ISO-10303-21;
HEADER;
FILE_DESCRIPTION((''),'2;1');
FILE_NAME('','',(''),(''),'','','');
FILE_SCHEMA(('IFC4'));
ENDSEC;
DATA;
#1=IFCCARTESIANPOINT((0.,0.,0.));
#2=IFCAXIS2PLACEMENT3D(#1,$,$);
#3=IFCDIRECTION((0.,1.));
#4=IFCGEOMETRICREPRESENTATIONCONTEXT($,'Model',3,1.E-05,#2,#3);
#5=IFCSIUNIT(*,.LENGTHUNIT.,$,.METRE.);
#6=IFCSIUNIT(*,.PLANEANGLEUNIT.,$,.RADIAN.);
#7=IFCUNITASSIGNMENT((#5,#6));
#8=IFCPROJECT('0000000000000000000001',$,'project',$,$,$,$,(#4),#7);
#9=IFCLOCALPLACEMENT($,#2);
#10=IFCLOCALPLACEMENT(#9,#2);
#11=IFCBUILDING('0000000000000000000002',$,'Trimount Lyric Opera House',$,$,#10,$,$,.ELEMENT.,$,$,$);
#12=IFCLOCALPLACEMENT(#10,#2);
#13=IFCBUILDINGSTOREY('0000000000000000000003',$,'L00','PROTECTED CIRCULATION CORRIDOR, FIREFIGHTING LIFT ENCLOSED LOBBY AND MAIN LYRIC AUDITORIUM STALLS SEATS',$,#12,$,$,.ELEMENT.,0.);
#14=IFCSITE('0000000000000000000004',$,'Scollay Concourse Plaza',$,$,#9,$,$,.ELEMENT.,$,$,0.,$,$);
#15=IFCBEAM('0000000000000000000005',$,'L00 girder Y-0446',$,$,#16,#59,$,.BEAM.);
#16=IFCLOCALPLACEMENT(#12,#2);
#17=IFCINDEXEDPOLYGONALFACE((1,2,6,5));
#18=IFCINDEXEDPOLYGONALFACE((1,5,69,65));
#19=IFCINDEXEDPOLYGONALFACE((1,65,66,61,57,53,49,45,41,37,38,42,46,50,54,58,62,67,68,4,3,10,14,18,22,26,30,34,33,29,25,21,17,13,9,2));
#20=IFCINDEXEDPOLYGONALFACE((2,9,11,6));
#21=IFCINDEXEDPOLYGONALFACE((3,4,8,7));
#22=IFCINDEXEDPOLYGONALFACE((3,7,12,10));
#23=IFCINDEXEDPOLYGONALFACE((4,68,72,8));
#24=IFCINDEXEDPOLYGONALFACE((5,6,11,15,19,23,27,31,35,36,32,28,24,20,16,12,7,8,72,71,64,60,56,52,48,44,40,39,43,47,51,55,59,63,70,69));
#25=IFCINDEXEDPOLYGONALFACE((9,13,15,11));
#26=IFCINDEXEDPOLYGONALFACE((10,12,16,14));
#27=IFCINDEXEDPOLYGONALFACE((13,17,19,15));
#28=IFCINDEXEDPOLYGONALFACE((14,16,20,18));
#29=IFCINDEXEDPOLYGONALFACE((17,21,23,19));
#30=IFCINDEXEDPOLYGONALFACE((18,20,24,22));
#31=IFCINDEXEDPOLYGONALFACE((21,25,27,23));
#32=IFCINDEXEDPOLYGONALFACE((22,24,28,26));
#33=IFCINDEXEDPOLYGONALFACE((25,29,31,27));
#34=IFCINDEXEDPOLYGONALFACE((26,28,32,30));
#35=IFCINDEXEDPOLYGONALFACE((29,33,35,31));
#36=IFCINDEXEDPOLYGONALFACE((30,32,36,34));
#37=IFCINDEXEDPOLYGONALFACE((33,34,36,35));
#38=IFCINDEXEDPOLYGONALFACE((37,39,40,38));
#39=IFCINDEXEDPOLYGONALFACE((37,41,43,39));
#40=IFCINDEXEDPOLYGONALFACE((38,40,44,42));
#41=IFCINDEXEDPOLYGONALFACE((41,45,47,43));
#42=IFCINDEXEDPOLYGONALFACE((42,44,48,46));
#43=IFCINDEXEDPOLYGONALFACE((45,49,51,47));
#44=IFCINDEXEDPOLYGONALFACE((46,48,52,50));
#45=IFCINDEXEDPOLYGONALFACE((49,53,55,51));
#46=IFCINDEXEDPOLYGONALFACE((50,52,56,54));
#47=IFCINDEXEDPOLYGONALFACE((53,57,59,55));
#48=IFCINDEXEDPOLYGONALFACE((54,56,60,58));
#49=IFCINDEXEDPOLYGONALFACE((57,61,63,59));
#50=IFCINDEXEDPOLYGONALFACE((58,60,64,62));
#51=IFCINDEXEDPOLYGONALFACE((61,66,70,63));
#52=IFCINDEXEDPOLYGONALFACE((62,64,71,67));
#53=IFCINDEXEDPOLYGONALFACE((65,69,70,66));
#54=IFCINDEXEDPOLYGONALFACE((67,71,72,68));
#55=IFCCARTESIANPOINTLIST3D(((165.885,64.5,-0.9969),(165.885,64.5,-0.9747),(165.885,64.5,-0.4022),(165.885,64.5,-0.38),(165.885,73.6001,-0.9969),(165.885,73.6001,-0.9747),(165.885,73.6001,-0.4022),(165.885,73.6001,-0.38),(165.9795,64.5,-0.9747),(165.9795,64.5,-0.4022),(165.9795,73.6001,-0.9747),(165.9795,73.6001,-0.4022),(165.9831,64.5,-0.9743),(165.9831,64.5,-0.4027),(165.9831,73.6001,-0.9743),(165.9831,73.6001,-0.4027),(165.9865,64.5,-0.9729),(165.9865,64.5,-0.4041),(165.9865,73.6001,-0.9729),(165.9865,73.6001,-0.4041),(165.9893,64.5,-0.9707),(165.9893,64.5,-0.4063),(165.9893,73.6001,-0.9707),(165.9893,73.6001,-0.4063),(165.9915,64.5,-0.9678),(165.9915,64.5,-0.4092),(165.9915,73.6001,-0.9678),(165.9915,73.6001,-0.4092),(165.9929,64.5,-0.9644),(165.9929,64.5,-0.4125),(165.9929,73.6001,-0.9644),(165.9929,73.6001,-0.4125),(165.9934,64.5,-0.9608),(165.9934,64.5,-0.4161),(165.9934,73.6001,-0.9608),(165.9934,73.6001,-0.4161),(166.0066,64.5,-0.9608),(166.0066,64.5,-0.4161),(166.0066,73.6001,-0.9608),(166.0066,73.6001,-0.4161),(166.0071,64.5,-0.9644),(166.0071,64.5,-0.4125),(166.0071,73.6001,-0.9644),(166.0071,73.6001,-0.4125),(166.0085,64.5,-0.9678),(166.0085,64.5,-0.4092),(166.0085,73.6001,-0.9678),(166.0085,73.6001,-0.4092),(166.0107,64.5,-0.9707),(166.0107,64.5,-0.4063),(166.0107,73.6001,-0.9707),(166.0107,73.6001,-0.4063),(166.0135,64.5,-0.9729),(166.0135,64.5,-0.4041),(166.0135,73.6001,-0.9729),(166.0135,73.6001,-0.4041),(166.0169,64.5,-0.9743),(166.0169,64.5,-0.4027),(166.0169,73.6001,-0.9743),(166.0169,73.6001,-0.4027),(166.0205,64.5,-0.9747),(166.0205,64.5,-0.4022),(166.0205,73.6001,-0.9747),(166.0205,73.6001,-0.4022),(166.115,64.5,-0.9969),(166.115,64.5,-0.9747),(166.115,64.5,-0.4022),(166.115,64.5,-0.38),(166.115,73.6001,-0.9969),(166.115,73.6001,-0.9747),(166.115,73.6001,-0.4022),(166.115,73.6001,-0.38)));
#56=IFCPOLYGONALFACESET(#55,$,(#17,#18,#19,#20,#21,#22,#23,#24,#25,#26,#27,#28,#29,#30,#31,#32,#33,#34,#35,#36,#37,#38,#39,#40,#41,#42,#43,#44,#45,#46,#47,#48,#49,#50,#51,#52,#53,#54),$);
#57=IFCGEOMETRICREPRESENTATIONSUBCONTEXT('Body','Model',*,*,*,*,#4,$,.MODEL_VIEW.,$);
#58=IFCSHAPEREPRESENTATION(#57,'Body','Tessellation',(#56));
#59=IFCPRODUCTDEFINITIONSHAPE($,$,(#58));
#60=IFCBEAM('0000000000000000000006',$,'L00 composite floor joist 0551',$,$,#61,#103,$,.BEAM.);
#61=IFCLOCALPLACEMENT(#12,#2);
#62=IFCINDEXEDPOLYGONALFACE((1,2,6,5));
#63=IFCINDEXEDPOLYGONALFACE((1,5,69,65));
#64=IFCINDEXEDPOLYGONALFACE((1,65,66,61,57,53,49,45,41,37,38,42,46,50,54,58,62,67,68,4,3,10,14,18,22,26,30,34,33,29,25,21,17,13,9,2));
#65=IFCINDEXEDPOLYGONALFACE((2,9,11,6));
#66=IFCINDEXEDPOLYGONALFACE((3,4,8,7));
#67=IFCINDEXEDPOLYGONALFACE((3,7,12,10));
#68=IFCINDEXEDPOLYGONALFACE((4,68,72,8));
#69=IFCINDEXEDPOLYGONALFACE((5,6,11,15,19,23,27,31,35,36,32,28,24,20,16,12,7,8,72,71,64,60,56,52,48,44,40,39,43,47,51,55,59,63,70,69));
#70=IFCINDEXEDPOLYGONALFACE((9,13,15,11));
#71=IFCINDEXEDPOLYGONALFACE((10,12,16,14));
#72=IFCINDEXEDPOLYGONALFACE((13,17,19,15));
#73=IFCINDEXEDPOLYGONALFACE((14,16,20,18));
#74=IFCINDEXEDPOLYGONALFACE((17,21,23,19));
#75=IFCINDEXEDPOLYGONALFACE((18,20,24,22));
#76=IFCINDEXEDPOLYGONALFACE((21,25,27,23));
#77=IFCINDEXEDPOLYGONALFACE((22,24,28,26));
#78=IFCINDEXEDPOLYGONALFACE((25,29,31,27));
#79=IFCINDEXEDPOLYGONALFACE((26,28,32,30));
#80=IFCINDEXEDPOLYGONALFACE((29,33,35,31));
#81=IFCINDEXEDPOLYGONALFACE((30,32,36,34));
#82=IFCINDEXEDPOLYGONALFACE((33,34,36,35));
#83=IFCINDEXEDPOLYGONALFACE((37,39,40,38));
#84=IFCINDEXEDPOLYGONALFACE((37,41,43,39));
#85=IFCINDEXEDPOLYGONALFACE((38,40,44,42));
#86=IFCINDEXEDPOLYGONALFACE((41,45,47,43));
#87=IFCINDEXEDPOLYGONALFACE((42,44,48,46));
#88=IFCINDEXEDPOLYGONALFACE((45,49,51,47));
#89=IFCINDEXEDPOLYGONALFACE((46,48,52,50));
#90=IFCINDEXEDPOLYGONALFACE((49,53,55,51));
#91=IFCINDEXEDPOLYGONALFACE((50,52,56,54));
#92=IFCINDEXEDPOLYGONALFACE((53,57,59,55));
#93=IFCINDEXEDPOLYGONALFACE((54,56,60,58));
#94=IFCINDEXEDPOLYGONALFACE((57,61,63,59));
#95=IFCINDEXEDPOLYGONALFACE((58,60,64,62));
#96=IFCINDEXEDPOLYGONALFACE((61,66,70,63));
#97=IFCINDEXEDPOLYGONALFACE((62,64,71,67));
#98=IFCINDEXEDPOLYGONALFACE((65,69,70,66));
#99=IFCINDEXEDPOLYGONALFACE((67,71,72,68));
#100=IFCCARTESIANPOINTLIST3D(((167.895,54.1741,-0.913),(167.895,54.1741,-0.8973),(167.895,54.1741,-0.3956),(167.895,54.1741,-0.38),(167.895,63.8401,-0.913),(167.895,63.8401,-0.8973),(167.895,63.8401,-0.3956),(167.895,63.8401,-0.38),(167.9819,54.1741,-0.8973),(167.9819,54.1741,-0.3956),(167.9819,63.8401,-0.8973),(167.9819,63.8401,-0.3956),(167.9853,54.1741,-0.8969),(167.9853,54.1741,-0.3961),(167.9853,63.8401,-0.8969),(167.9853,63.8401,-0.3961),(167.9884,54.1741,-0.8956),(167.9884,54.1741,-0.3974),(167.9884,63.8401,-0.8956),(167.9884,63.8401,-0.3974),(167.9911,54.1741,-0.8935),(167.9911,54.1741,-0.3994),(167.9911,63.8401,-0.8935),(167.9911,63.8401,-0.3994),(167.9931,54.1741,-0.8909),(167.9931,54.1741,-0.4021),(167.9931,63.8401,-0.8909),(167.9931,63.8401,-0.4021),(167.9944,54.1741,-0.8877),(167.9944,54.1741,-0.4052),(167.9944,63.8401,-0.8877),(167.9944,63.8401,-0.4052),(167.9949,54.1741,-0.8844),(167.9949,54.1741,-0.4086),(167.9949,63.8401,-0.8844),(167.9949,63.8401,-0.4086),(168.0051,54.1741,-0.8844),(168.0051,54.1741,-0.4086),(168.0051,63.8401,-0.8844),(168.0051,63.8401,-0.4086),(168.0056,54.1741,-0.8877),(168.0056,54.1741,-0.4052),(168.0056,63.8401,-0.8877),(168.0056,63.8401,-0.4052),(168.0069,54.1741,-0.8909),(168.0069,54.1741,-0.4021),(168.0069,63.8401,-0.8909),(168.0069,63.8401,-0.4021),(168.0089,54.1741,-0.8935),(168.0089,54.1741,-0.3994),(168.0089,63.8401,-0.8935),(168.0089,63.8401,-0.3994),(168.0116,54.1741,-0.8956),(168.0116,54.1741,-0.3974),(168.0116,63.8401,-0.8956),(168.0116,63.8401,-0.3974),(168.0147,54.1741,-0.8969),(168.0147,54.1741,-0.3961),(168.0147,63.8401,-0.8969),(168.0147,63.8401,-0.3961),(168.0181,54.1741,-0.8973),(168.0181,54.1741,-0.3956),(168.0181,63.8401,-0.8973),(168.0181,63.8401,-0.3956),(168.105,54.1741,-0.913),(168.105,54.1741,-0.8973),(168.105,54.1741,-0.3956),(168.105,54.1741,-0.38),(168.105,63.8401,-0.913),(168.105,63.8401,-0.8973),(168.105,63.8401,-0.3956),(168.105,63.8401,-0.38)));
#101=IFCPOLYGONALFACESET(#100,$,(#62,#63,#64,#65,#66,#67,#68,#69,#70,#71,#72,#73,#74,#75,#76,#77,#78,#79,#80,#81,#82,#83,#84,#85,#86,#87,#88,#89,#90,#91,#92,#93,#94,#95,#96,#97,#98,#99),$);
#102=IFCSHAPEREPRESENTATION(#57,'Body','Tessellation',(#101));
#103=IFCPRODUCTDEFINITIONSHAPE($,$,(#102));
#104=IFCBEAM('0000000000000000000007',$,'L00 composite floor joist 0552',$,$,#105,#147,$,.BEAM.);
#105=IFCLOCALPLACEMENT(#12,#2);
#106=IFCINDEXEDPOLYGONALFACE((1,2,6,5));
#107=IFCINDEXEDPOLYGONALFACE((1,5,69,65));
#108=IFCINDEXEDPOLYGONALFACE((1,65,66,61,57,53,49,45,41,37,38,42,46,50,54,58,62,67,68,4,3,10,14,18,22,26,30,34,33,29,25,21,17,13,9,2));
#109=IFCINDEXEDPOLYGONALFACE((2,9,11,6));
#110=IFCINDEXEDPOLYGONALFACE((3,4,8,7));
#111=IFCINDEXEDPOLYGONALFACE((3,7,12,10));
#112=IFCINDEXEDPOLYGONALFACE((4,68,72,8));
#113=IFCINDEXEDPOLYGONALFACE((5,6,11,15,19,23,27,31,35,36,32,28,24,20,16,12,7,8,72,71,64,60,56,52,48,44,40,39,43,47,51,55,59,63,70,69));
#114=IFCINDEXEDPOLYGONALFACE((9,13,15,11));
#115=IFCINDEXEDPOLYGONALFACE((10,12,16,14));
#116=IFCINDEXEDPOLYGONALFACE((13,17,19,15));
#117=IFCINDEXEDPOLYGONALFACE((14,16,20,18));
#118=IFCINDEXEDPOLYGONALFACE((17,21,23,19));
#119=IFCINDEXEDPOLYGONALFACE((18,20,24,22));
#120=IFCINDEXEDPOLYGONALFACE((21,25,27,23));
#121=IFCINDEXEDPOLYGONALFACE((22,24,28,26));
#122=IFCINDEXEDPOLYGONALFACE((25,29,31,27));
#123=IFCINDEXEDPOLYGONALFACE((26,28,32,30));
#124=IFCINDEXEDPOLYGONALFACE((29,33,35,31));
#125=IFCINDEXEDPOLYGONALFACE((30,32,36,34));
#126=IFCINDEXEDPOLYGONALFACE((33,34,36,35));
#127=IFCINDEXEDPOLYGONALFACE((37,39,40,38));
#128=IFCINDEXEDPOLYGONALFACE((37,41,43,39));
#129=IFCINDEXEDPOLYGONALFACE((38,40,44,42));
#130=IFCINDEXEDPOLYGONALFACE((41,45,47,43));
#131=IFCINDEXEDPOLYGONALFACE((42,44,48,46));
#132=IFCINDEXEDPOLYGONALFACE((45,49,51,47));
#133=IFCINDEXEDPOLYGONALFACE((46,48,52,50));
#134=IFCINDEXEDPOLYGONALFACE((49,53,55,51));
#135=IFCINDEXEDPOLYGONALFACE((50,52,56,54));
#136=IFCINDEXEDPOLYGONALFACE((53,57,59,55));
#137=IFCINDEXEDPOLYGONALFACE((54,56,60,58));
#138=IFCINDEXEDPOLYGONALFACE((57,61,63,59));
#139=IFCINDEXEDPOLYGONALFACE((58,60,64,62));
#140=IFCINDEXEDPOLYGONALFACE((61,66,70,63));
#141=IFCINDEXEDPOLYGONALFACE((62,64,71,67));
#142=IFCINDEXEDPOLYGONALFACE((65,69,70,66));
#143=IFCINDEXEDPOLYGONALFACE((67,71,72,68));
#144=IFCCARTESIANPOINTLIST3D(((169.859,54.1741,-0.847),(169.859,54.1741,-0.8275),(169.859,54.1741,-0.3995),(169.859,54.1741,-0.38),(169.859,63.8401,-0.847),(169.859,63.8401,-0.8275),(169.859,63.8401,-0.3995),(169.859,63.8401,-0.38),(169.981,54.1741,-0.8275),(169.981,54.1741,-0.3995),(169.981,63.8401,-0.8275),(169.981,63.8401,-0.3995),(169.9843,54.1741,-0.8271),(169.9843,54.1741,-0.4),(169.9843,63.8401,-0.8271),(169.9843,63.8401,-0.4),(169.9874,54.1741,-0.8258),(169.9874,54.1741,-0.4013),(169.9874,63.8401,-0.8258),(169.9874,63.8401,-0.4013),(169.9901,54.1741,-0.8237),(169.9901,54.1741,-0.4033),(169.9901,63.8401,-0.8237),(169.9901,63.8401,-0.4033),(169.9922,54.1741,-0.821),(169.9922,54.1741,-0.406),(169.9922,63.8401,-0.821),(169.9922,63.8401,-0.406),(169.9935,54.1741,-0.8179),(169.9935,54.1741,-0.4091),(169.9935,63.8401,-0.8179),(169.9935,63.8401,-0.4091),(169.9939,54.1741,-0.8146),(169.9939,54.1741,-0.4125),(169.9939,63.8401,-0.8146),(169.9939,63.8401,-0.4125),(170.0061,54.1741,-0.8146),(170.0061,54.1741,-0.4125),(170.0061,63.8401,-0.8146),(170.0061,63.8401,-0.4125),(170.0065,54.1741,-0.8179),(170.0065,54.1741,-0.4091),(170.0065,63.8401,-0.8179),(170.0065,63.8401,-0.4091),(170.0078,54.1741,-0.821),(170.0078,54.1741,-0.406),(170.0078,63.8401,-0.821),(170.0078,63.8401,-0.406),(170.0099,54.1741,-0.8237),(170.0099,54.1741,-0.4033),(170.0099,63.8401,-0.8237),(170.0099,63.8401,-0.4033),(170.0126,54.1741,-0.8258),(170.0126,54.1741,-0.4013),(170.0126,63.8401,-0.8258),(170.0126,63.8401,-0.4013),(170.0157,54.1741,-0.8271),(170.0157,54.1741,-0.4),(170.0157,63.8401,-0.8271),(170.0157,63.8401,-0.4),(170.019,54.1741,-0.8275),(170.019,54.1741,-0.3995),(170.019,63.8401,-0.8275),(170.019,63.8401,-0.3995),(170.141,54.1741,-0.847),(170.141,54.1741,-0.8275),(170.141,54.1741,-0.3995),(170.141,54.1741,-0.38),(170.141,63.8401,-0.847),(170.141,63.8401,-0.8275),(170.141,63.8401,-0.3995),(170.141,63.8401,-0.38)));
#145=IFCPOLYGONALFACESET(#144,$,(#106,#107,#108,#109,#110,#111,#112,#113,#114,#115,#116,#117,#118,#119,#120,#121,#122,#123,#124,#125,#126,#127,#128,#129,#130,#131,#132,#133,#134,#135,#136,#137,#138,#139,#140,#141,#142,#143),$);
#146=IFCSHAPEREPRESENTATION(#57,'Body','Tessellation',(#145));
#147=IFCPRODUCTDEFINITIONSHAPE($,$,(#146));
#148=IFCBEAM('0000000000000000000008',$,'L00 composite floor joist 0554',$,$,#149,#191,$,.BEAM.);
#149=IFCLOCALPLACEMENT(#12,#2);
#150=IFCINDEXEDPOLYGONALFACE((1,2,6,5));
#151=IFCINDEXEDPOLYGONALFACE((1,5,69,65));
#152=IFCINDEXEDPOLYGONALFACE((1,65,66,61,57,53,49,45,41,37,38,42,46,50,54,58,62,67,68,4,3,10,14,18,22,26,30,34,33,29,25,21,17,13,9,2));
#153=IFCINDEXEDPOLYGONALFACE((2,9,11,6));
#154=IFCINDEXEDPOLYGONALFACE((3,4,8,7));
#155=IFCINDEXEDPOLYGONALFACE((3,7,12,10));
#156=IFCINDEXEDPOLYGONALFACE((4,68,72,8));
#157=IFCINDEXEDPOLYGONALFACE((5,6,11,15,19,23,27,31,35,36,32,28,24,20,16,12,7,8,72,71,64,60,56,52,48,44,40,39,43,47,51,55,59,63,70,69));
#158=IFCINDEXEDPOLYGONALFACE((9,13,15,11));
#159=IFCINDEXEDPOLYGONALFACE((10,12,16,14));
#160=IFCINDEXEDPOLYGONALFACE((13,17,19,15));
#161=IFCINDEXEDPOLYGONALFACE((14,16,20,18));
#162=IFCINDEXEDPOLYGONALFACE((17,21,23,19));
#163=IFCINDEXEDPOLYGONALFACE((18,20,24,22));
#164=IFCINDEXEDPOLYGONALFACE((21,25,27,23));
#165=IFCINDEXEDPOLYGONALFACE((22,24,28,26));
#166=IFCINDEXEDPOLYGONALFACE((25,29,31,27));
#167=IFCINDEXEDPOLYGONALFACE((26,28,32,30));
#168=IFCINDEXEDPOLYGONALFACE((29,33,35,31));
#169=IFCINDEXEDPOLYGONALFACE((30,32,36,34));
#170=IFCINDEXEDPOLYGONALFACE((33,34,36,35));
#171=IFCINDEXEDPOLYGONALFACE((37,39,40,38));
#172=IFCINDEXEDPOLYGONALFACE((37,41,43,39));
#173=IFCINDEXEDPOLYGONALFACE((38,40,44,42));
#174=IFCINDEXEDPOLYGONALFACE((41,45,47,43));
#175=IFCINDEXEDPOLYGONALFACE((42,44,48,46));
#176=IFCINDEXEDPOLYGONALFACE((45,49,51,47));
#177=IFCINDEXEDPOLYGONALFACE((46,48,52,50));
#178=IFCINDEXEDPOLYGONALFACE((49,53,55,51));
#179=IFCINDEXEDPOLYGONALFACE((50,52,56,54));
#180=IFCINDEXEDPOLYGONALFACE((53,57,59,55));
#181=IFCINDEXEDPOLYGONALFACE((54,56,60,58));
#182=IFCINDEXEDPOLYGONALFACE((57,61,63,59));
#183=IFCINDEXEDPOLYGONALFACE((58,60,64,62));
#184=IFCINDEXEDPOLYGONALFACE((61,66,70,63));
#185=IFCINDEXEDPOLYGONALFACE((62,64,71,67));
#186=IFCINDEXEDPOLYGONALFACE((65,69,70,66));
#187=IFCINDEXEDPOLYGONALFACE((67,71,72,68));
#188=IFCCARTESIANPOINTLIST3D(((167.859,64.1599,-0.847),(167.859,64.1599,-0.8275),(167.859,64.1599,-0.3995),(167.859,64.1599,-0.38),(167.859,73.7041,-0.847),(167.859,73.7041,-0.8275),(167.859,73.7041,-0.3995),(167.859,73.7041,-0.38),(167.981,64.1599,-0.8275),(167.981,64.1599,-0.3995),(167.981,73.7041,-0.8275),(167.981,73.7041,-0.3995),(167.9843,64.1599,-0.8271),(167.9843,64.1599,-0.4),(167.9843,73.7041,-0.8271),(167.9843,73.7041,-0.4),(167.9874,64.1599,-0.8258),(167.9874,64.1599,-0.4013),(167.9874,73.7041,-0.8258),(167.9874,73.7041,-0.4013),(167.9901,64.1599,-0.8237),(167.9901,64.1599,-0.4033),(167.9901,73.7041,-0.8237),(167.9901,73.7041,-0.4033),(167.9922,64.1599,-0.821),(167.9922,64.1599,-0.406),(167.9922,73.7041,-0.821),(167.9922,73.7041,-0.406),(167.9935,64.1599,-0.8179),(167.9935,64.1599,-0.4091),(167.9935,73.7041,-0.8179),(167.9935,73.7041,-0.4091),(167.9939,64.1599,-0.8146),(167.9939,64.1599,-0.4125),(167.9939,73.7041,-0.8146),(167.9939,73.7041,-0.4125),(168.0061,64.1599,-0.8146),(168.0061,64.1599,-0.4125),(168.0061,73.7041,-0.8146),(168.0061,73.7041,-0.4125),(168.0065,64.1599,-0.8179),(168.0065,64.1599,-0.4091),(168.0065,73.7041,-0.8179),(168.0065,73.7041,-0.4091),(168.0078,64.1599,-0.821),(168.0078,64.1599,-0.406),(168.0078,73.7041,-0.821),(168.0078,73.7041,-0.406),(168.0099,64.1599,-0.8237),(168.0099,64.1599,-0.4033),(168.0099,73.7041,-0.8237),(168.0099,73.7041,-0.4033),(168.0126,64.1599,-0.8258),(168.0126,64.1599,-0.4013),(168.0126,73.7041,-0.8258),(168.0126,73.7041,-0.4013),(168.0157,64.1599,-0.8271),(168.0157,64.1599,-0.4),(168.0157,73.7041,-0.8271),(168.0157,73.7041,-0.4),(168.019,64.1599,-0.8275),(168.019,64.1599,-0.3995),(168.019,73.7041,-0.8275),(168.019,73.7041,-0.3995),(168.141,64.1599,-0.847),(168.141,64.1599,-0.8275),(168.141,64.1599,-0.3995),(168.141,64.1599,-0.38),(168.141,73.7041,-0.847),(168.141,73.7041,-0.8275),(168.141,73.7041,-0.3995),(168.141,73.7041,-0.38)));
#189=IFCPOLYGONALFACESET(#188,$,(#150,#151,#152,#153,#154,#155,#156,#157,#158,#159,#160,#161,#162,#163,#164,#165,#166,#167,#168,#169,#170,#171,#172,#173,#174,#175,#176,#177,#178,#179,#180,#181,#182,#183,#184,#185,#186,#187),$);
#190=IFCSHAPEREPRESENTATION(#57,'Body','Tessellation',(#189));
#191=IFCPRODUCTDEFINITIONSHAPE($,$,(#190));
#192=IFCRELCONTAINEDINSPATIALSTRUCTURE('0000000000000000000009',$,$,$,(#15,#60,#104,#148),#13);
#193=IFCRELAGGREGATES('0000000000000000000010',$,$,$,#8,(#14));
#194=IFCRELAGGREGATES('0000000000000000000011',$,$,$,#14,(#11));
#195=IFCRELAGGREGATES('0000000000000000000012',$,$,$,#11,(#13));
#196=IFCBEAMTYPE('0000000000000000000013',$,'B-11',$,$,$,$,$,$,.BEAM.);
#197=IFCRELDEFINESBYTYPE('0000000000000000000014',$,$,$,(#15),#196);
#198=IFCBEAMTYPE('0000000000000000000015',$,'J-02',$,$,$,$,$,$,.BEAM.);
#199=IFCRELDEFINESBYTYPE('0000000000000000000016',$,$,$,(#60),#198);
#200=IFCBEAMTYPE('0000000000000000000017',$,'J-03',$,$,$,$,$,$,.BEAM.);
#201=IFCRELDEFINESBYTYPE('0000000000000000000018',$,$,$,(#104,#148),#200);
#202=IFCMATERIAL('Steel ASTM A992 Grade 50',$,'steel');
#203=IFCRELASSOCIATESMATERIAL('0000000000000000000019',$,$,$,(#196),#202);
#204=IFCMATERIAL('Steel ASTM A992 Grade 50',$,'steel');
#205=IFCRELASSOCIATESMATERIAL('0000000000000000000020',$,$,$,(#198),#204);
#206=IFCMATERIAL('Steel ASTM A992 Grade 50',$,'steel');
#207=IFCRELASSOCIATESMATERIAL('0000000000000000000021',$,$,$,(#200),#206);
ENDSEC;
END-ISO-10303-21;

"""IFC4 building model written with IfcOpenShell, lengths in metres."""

from ifc_helpers import new_model, si_unit, direction, frame, origin, origin_2d, place, context, subcontext, project, spatial, i_section, extrude, material, material_profile, profile_set, type_object, element, save


model = new_model("IFC4")

# Units and contexts
model_context = context("Model", 3, precision=1e-05, world=origin(), true_north=direction((0.0, 1.0)))
body_context = subcontext(model_context, "Body", "Model", "MODEL_VIEW")
ifc_project = project(units=[si_unit("LENGTHUNIT", "METRE"), si_unit("PLANEANGLEUNIT", "RADIAN")], contexts=[model_context])

# Site, building, storey
site_placement = place(None, origin())
site = spatial("IfcSite", under=ifc_project, at=site_placement, Name="Scollay Concourse Plaza", CompositionType="ELEMENT", RefElevation=0.0)
building_placement = place(site_placement, origin())
building = spatial("IfcBuilding", under=site, at=building_placement, Name="Trimount Lyric Opera House", CompositionType="ELEMENT")
storey_placement = place(building_placement, origin())
storey = spatial("IfcBuildingStorey", under=building, at=storey_placement, Name="L00", Description="PROTECTED CIRCULATION CORRIDOR, FIREFIGHTING LIFT ENCLOSED LOBBY AND MAIN LYRIC AUDITORIUM STALLS SEATS", CompositionType="ELEMENT", Elevation=0.0)

# Beams
ifc_material_1 = material(Name="Steel ASTM A992 Grade 50", Category="steel")
ifc_material_profile_1 = material_profile(ifc_material_1, i_section(OverallWidth=0.23, OverallDepth=0.6169, WebThickness=0.0132, FlangeThickness=0.0222, FilletRadius=0.0139, at=origin_2d()), Name="W24X94")
ifc_profile_set_1 = profile_set([ifc_material_profile_1], Name="Steel ASTM A992 Grade 50")
beam_type_1 = type_object("IfcBeamType", Name="B-11", PredefinedType="BEAM", material=ifc_profile_set_1)
beam_1_placement = place(storey_placement, frame((166.0, 64.5, -0.6885), z_axis=(0.0, 1.0, 0.0), x_axis=(-1.0, 0.0, 0.0)))
element("IfcBeam", 1, at=beam_1_placement, inside=storey, type_object=beam_type_1, Name="L00 girder Y-0446", PredefinedType="BEAM", context=body_context, shape_type="SweptSolid", body=[
    extrude(i_section(OverallWidth=0.23, OverallDepth=0.6169, WebThickness=0.0132, FlangeThickness=0.0222, FilletRadius=0.0139, at=origin_2d()), origin(), (0.0, 0.0, 1.0), 9.1001),
])
ifc_material_2 = material(Name="Steel ASTM A992 Grade 50", Category="steel")
ifc_material_profile_2 = material_profile(ifc_material_2, i_section(OverallWidth=0.21, OverallDepth=0.533, WebThickness=0.0103, FlangeThickness=0.0156, FilletRadius=0.0129, at=origin_2d()), Name="W21X62")
ifc_profile_set_2 = profile_set([ifc_material_profile_2], Name="Steel ASTM A992 Grade 50")
beam_type_2 = type_object("IfcBeamType", Name="J-02", PredefinedType="BEAM", material=ifc_profile_set_2)
beam_2_placement = place(storey_placement, frame((168.0, 54.1741, -0.6465), z_axis=(0.0, 1.0, 0.0), x_axis=(-1.0, 0.0, 0.0)))
element("IfcBeam", 2, at=beam_2_placement, inside=storey, type_object=beam_type_2, Name="L00 composite floor joist 0551", PredefinedType="BEAM", context=body_context, shape_type="SweptSolid", body=[
    extrude(i_section(OverallWidth=0.21, OverallDepth=0.533, WebThickness=0.0103, FlangeThickness=0.0156, FilletRadius=0.0129, at=origin_2d()), origin(), (0.0, 0.0, 1.0), 9.666),
])
ifc_material_3 = material(Name="Steel ASTM A992 Grade 50", Category="steel")
ifc_material_profile_3 = material_profile(ifc_material_3, i_section(OverallWidth=0.282, OverallDepth=0.467, WebThickness=0.0122, FlangeThickness=0.0195, FilletRadius=0.0129, at=origin_2d()), Name="W18X86")
ifc_profile_set_3 = profile_set([ifc_material_profile_3], Name="Steel ASTM A992 Grade 50")
beam_type_3 = type_object("IfcBeamType", Name="J-03", PredefinedType="BEAM", material=ifc_profile_set_3)
beam_3_placement = place(storey_placement, frame((170.0, 54.1741, -0.6135), z_axis=(0.0, 1.0, 0.0), x_axis=(-1.0, 0.0, 0.0)))
element("IfcBeam", 3, at=beam_3_placement, inside=storey, type_object=beam_type_3, Name="L00 composite floor joist 0552", PredefinedType="BEAM", context=body_context, shape_type="SweptSolid", body=[
    extrude(i_section(OverallWidth=0.282, OverallDepth=0.467, WebThickness=0.0122, FlangeThickness=0.0195, FilletRadius=0.0129, at=origin_2d()), origin(), (0.0, 0.0, 1.0), 9.666),
])
beam_4_placement = place(storey_placement, frame((168.0, 64.1599, -0.6135), z_axis=(0.0, 1.0, 0.0), x_axis=(-1.0, 0.0, 0.0)))
element("IfcBeam", 4, at=beam_4_placement, inside=storey, type_object=beam_type_3, Name="L00 composite floor joist 0554", PredefinedType="BEAM", context=body_context, shape_type="SweptSolid", body=[
    extrude(i_section(OverallWidth=0.282, OverallDepth=0.467, WebThickness=0.0122, FlangeThickness=0.0195, FilletRadius=0.0129, at=origin_2d()), origin(), (0.0, 0.0, 1.0), 9.5442),
])

save(model, "model.ifc")
